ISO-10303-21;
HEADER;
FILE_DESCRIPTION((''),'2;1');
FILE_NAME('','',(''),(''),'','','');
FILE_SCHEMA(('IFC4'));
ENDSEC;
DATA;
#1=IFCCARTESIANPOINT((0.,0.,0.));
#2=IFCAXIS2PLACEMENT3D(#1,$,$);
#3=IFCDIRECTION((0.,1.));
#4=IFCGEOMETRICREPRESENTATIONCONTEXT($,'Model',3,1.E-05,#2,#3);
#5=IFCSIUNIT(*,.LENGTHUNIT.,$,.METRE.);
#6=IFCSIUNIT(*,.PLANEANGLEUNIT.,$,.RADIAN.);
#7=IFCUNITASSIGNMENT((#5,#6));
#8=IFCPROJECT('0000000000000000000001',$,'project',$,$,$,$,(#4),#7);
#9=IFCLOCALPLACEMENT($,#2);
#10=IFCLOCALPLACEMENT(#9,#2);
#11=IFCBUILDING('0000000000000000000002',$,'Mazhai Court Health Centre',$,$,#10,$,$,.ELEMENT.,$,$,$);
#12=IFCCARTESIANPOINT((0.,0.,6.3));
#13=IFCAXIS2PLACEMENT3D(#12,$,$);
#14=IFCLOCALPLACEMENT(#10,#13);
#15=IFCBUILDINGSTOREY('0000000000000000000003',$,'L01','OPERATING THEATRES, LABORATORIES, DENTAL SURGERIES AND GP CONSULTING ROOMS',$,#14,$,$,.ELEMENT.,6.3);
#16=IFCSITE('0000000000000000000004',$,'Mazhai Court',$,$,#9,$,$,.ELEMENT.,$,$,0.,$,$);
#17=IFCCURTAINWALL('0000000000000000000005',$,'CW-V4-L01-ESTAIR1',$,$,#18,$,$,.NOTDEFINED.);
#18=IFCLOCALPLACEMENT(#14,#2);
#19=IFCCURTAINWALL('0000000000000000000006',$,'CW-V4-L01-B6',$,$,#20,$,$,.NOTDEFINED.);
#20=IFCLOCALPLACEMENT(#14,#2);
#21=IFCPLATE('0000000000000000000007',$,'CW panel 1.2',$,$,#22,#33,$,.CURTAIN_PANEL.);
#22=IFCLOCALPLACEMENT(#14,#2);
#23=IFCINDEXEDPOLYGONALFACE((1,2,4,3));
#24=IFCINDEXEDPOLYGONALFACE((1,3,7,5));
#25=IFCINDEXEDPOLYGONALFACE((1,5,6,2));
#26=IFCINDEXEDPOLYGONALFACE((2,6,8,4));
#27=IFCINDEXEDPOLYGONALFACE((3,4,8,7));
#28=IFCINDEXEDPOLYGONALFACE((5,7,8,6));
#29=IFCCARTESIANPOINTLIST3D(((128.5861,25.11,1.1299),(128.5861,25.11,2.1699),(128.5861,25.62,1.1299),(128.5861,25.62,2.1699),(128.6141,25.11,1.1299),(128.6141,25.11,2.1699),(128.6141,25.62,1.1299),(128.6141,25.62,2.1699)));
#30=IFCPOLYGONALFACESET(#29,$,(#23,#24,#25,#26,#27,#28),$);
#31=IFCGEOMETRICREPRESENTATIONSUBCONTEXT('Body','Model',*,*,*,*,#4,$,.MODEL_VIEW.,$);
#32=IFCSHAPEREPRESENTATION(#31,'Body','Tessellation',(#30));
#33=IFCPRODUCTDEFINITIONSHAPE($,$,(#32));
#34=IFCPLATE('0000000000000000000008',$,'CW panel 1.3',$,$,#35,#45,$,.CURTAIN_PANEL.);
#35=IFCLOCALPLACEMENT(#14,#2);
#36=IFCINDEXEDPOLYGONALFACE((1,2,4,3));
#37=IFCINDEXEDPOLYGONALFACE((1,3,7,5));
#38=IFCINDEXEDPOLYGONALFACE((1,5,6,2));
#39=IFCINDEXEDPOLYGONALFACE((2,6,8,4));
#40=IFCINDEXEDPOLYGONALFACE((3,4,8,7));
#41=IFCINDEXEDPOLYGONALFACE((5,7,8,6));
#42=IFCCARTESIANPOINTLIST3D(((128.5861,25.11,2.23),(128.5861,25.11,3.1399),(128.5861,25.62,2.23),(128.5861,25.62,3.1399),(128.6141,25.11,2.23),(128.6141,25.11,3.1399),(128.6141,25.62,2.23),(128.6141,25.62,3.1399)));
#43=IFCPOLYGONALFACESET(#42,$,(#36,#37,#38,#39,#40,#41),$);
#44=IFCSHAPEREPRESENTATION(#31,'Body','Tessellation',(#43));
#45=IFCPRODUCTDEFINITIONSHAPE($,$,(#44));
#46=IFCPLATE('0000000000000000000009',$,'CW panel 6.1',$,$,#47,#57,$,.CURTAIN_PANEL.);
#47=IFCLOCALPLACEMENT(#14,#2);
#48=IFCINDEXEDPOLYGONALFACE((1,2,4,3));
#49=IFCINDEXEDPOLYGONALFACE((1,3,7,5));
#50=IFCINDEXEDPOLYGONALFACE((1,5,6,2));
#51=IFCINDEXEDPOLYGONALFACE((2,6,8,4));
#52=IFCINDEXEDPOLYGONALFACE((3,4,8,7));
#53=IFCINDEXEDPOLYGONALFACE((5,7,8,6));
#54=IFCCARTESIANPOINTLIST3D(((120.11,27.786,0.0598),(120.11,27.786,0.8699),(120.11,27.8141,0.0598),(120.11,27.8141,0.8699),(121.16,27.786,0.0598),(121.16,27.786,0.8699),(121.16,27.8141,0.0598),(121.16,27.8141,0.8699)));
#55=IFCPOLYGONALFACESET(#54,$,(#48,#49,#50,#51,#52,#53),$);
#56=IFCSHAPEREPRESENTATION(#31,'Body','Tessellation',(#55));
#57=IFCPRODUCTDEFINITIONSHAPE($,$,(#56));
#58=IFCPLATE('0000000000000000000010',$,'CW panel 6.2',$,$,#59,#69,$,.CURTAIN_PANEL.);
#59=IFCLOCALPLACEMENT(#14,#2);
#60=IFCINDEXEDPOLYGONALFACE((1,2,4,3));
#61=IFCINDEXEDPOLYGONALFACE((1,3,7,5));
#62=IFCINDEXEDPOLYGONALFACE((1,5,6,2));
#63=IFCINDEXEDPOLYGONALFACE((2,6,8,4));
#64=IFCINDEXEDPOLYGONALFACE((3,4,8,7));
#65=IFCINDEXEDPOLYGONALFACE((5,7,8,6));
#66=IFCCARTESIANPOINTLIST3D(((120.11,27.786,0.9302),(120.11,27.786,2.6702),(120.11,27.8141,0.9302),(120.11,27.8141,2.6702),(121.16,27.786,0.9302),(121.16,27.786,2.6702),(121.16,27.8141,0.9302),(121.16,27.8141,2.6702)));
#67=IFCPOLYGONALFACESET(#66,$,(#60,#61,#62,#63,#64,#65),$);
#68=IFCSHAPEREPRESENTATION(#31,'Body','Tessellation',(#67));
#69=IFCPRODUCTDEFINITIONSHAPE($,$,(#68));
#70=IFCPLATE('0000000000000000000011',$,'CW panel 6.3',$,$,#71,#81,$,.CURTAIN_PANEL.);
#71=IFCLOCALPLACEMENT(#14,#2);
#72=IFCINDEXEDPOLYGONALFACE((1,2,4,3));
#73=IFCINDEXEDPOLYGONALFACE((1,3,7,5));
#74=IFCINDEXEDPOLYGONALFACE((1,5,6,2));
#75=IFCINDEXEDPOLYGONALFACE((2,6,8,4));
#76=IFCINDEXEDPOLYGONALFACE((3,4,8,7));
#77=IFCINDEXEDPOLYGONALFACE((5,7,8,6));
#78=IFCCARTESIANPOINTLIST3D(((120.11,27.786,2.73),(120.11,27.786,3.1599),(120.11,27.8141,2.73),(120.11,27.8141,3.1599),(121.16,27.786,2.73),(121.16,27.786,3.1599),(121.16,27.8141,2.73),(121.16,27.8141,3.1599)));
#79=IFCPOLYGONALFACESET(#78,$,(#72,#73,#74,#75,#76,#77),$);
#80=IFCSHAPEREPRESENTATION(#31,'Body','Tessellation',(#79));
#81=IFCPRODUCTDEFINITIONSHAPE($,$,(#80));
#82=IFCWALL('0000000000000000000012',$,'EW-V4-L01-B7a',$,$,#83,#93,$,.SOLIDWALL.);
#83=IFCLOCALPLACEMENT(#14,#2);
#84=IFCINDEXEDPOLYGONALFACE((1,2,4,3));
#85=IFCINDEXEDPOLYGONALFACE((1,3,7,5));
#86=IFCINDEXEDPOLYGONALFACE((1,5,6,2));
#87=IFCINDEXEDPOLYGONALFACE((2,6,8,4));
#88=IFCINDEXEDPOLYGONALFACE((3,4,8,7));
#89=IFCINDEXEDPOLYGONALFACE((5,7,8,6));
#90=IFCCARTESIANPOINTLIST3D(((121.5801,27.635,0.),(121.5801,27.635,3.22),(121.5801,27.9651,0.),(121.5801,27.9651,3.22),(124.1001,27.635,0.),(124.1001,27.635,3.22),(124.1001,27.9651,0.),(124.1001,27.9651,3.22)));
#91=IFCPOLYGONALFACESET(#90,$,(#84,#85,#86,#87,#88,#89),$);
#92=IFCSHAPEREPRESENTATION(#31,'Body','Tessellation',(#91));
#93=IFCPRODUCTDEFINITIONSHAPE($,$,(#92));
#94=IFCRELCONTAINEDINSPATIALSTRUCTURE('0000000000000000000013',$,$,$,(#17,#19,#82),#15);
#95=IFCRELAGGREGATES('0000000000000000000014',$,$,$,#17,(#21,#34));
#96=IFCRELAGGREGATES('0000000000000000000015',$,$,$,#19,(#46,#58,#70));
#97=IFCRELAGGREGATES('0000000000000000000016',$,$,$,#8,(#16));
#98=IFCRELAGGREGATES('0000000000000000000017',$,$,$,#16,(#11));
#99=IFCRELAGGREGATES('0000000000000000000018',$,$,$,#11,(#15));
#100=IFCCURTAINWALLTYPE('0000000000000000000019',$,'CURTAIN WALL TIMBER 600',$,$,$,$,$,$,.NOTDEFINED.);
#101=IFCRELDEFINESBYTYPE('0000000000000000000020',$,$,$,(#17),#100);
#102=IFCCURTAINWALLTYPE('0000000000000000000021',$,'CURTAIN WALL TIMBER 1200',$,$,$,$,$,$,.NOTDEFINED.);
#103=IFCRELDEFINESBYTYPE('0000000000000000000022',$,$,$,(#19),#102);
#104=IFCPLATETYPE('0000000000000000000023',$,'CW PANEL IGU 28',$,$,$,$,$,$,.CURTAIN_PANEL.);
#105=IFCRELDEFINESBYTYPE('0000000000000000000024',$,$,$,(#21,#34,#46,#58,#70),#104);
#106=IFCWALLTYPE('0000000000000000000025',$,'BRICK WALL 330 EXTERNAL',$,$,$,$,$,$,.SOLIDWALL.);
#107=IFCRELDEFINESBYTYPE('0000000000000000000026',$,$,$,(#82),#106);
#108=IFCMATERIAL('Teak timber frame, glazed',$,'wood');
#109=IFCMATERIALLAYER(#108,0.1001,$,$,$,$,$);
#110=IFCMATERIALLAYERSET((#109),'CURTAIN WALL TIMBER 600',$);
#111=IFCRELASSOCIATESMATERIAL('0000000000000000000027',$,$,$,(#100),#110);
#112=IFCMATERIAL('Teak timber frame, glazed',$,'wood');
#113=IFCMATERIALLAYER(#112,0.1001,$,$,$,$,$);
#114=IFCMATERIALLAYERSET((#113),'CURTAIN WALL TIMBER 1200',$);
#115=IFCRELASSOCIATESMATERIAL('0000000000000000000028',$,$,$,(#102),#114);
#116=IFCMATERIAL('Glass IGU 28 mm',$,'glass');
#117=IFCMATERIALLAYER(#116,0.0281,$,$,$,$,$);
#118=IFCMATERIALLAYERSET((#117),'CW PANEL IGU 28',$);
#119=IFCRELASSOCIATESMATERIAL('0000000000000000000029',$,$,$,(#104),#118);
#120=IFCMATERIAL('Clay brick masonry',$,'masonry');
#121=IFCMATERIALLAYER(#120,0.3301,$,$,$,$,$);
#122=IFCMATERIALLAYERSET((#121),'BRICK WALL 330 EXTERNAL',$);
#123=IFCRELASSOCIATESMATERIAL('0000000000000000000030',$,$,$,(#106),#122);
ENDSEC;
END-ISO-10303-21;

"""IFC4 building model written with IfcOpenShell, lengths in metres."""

from ifc_helpers import new_model, si_unit, direction, frame, frame_2d, origin, origin_2d, place, context, subcontext, project, spatial, rectangle, extrude, material, layer, layer_set, type_object, element, aggregate, save


model = new_model("IFC4")

# Units and contexts
model_context = context("Model", 3, precision=1e-05, world=origin(), true_north=direction((0.0, 1.0)))
body_context = subcontext(model_context, "Body", "Model", "MODEL_VIEW")
ifc_project = project(units=[si_unit("LENGTHUNIT", "METRE"), si_unit("PLANEANGLEUNIT", "RADIAN")], contexts=[model_context])

# Site, building, storey
site_placement = place(None, origin())
site = spatial("IfcSite", under=ifc_project, at=site_placement, Name="Mazhai Court", CompositionType="ELEMENT", RefElevation=0.0)
building_placement = place(site_placement, origin())
building = spatial("IfcBuilding", under=site, at=building_placement, Name="Mazhai Court Health Centre", CompositionType="ELEMENT")
storey_placement = place(building_placement, frame((0.0, 0.0, 6.3)))
storey = spatial("IfcBuildingStorey", under=building, at=storey_placement, Name="L01", Description="OPERATING THEATRES, LABORATORIES, DENTAL SURGERIES AND GP CONSULTING ROOMS", CompositionType="ELEMENT", Elevation=6.3)

# Curtain walls
ifc_material_1 = material(Name="Teak timber frame, glazed", Category="wood")
ifc_layer_1 = layer(ifc_material_1, 0.1001)
ifc_layer_set_1 = layer_set([ifc_layer_1], Name="CURTAIN WALL TIMBER 600")
curtain_wall_type_1 = type_object("IfcCurtainWallType", Name="CURTAIN WALL TIMBER 600", PredefinedType="NOTDEFINED", material=ifc_layer_set_1)
curtain_wall_1_placement = place(storey_placement, origin())
curtain_wall_1 = element("IfcCurtainWall", 1, at=curtain_wall_1_placement, inside=storey, type_object=curtain_wall_type_1, Name="CW-V4-L01-ESTAIR1", PredefinedType="NOTDEFINED")
ifc_material_2 = material(Name="Teak timber frame, glazed", Category="wood")
ifc_layer_2 = layer(ifc_material_2, 0.1001)
ifc_layer_set_2 = layer_set([ifc_layer_2], Name="CURTAIN WALL TIMBER 1200")
curtain_wall_type_2 = type_object("IfcCurtainWallType", Name="CURTAIN WALL TIMBER 1200", PredefinedType="NOTDEFINED", material=ifc_layer_set_2)
curtain_wall_2_placement = place(storey_placement, origin())
curtain_wall_2 = element("IfcCurtainWall", 2, at=curtain_wall_2_placement, inside=storey, type_object=curtain_wall_type_2, Name="CW-V4-L01-B6", PredefinedType="NOTDEFINED")

# Plates
ifc_material_3 = material(Name="Glass IGU 28 mm", Category="glass")
ifc_layer_3 = layer(ifc_material_3, 0.0281)
ifc_layer_set_3 = layer_set([ifc_layer_3], Name="CW PANEL IGU 28")
plate_type = type_object("IfcPlateType", Name="CW PANEL IGU 28", PredefinedType="CURTAIN_PANEL", material=ifc_layer_set_3)
plate_1_placement = place(storey_placement, frame((128.6001, 25.365, 1.1299), z_axis=(0.0, 0.0, 1.0), x_axis=(0.0, -1.0, 0.0)))
plate_1 = element("IfcPlate", 3, at=plate_1_placement, type_object=plate_type, Name="CW panel 1.2", PredefinedType="CURTAIN_PANEL", context=body_context, shape_type="SweptSolid", body=[
    extrude(rectangle(XDim=0.51, YDim=0.0281, at=origin_2d()), origin(), (0.0, 0.0, 1.0), 1.04),
])
plate_2_placement = place(storey_placement, frame((128.6001, 25.365, 2.23), z_axis=(0.0, 0.0, 1.0), x_axis=(0.0, -1.0, 0.0)))
plate_2 = element("IfcPlate", 4, at=plate_2_placement, type_object=plate_type, Name="CW panel 1.3", PredefinedType="CURTAIN_PANEL", context=body_context, shape_type="SweptSolid", body=[
    extrude(rectangle(XDim=0.51, YDim=0.0281, at=origin_2d()), origin(), (0.0, 0.0, 1.0), 0.9099),
])
aggregate(curtain_wall_1, [plate_1, plate_2])
plate_3_placement = place(storey_placement, frame((120.635, 27.8, 0.0598), z_axis=(0.0, 0.0, 1.0), x_axis=(1.0, 0.0, 0.0)))
plate_3 = element("IfcPlate", 5, at=plate_3_placement, type_object=plate_type, Name="CW panel 6.1", PredefinedType="CURTAIN_PANEL", context=body_context, shape_type="SweptSolid", body=[
    extrude(rectangle(XDim=1.05, YDim=0.0281, at=origin_2d()), origin(), (0.0, 0.0, 1.0), 0.8101),
])
plate_4_placement = place(storey_placement, frame((120.635, 27.8, 0.9302), z_axis=(0.0, 0.0, 1.0), x_axis=(1.0, 0.0, 0.0)))
plate_4 = element("IfcPlate", 6, at=plate_4_placement, type_object=plate_type, Name="CW panel 6.2", PredefinedType="CURTAIN_PANEL", context=body_context, shape_type="SweptSolid", body=[
    extrude(rectangle(XDim=1.05, YDim=0.0281, at=origin_2d()), origin(), (0.0, 0.0, 1.0), 1.74),
])
plate_5_placement = place(storey_placement, frame((120.635, 27.8, 2.73), z_axis=(0.0, 0.0, 1.0), x_axis=(1.0, 0.0, 0.0)))
plate_5 = element("IfcPlate", 7, at=plate_5_placement, type_object=plate_type, Name="CW panel 6.3", PredefinedType="CURTAIN_PANEL", context=body_context, shape_type="SweptSolid", body=[
    extrude(rectangle(XDim=1.05, YDim=0.0281, at=origin_2d()), origin(), (0.0, 0.0, 1.0), 0.4299),
])
aggregate(curtain_wall_2, [plate_3, plate_4, plate_5])

# Wall
ifc_material_4 = material(Name="Clay brick masonry", Category="masonry")
ifc_layer_4 = layer(ifc_material_4, 0.3301)
ifc_layer_set_4 = layer_set([ifc_layer_4], Name="BRICK WALL 330 EXTERNAL")
wall_type = type_object("IfcWallType", Name="BRICK WALL 330 EXTERNAL", PredefinedType="SOLIDWALL", material=ifc_layer_set_4)
wall_placement = place(storey_placement, frame((121.5801, 27.8, 0.0), z_axis=(0.0, 0.0, 1.0), x_axis=(1.0, 0.0, 0.0)))
element("IfcWall", 8, at=wall_placement, inside=storey, type_object=wall_type, Name="EW-V4-L01-B7a", PredefinedType="SOLIDWALL", context=body_context, shape_type="SweptSolid", body=[
    extrude(rectangle(XDim=2.52, YDim=0.3301, at=frame_2d((1.26, 0.0))), origin(), (0.0, 0.0, 1.0), 3.22),
])

save(model, "model.ifc")
